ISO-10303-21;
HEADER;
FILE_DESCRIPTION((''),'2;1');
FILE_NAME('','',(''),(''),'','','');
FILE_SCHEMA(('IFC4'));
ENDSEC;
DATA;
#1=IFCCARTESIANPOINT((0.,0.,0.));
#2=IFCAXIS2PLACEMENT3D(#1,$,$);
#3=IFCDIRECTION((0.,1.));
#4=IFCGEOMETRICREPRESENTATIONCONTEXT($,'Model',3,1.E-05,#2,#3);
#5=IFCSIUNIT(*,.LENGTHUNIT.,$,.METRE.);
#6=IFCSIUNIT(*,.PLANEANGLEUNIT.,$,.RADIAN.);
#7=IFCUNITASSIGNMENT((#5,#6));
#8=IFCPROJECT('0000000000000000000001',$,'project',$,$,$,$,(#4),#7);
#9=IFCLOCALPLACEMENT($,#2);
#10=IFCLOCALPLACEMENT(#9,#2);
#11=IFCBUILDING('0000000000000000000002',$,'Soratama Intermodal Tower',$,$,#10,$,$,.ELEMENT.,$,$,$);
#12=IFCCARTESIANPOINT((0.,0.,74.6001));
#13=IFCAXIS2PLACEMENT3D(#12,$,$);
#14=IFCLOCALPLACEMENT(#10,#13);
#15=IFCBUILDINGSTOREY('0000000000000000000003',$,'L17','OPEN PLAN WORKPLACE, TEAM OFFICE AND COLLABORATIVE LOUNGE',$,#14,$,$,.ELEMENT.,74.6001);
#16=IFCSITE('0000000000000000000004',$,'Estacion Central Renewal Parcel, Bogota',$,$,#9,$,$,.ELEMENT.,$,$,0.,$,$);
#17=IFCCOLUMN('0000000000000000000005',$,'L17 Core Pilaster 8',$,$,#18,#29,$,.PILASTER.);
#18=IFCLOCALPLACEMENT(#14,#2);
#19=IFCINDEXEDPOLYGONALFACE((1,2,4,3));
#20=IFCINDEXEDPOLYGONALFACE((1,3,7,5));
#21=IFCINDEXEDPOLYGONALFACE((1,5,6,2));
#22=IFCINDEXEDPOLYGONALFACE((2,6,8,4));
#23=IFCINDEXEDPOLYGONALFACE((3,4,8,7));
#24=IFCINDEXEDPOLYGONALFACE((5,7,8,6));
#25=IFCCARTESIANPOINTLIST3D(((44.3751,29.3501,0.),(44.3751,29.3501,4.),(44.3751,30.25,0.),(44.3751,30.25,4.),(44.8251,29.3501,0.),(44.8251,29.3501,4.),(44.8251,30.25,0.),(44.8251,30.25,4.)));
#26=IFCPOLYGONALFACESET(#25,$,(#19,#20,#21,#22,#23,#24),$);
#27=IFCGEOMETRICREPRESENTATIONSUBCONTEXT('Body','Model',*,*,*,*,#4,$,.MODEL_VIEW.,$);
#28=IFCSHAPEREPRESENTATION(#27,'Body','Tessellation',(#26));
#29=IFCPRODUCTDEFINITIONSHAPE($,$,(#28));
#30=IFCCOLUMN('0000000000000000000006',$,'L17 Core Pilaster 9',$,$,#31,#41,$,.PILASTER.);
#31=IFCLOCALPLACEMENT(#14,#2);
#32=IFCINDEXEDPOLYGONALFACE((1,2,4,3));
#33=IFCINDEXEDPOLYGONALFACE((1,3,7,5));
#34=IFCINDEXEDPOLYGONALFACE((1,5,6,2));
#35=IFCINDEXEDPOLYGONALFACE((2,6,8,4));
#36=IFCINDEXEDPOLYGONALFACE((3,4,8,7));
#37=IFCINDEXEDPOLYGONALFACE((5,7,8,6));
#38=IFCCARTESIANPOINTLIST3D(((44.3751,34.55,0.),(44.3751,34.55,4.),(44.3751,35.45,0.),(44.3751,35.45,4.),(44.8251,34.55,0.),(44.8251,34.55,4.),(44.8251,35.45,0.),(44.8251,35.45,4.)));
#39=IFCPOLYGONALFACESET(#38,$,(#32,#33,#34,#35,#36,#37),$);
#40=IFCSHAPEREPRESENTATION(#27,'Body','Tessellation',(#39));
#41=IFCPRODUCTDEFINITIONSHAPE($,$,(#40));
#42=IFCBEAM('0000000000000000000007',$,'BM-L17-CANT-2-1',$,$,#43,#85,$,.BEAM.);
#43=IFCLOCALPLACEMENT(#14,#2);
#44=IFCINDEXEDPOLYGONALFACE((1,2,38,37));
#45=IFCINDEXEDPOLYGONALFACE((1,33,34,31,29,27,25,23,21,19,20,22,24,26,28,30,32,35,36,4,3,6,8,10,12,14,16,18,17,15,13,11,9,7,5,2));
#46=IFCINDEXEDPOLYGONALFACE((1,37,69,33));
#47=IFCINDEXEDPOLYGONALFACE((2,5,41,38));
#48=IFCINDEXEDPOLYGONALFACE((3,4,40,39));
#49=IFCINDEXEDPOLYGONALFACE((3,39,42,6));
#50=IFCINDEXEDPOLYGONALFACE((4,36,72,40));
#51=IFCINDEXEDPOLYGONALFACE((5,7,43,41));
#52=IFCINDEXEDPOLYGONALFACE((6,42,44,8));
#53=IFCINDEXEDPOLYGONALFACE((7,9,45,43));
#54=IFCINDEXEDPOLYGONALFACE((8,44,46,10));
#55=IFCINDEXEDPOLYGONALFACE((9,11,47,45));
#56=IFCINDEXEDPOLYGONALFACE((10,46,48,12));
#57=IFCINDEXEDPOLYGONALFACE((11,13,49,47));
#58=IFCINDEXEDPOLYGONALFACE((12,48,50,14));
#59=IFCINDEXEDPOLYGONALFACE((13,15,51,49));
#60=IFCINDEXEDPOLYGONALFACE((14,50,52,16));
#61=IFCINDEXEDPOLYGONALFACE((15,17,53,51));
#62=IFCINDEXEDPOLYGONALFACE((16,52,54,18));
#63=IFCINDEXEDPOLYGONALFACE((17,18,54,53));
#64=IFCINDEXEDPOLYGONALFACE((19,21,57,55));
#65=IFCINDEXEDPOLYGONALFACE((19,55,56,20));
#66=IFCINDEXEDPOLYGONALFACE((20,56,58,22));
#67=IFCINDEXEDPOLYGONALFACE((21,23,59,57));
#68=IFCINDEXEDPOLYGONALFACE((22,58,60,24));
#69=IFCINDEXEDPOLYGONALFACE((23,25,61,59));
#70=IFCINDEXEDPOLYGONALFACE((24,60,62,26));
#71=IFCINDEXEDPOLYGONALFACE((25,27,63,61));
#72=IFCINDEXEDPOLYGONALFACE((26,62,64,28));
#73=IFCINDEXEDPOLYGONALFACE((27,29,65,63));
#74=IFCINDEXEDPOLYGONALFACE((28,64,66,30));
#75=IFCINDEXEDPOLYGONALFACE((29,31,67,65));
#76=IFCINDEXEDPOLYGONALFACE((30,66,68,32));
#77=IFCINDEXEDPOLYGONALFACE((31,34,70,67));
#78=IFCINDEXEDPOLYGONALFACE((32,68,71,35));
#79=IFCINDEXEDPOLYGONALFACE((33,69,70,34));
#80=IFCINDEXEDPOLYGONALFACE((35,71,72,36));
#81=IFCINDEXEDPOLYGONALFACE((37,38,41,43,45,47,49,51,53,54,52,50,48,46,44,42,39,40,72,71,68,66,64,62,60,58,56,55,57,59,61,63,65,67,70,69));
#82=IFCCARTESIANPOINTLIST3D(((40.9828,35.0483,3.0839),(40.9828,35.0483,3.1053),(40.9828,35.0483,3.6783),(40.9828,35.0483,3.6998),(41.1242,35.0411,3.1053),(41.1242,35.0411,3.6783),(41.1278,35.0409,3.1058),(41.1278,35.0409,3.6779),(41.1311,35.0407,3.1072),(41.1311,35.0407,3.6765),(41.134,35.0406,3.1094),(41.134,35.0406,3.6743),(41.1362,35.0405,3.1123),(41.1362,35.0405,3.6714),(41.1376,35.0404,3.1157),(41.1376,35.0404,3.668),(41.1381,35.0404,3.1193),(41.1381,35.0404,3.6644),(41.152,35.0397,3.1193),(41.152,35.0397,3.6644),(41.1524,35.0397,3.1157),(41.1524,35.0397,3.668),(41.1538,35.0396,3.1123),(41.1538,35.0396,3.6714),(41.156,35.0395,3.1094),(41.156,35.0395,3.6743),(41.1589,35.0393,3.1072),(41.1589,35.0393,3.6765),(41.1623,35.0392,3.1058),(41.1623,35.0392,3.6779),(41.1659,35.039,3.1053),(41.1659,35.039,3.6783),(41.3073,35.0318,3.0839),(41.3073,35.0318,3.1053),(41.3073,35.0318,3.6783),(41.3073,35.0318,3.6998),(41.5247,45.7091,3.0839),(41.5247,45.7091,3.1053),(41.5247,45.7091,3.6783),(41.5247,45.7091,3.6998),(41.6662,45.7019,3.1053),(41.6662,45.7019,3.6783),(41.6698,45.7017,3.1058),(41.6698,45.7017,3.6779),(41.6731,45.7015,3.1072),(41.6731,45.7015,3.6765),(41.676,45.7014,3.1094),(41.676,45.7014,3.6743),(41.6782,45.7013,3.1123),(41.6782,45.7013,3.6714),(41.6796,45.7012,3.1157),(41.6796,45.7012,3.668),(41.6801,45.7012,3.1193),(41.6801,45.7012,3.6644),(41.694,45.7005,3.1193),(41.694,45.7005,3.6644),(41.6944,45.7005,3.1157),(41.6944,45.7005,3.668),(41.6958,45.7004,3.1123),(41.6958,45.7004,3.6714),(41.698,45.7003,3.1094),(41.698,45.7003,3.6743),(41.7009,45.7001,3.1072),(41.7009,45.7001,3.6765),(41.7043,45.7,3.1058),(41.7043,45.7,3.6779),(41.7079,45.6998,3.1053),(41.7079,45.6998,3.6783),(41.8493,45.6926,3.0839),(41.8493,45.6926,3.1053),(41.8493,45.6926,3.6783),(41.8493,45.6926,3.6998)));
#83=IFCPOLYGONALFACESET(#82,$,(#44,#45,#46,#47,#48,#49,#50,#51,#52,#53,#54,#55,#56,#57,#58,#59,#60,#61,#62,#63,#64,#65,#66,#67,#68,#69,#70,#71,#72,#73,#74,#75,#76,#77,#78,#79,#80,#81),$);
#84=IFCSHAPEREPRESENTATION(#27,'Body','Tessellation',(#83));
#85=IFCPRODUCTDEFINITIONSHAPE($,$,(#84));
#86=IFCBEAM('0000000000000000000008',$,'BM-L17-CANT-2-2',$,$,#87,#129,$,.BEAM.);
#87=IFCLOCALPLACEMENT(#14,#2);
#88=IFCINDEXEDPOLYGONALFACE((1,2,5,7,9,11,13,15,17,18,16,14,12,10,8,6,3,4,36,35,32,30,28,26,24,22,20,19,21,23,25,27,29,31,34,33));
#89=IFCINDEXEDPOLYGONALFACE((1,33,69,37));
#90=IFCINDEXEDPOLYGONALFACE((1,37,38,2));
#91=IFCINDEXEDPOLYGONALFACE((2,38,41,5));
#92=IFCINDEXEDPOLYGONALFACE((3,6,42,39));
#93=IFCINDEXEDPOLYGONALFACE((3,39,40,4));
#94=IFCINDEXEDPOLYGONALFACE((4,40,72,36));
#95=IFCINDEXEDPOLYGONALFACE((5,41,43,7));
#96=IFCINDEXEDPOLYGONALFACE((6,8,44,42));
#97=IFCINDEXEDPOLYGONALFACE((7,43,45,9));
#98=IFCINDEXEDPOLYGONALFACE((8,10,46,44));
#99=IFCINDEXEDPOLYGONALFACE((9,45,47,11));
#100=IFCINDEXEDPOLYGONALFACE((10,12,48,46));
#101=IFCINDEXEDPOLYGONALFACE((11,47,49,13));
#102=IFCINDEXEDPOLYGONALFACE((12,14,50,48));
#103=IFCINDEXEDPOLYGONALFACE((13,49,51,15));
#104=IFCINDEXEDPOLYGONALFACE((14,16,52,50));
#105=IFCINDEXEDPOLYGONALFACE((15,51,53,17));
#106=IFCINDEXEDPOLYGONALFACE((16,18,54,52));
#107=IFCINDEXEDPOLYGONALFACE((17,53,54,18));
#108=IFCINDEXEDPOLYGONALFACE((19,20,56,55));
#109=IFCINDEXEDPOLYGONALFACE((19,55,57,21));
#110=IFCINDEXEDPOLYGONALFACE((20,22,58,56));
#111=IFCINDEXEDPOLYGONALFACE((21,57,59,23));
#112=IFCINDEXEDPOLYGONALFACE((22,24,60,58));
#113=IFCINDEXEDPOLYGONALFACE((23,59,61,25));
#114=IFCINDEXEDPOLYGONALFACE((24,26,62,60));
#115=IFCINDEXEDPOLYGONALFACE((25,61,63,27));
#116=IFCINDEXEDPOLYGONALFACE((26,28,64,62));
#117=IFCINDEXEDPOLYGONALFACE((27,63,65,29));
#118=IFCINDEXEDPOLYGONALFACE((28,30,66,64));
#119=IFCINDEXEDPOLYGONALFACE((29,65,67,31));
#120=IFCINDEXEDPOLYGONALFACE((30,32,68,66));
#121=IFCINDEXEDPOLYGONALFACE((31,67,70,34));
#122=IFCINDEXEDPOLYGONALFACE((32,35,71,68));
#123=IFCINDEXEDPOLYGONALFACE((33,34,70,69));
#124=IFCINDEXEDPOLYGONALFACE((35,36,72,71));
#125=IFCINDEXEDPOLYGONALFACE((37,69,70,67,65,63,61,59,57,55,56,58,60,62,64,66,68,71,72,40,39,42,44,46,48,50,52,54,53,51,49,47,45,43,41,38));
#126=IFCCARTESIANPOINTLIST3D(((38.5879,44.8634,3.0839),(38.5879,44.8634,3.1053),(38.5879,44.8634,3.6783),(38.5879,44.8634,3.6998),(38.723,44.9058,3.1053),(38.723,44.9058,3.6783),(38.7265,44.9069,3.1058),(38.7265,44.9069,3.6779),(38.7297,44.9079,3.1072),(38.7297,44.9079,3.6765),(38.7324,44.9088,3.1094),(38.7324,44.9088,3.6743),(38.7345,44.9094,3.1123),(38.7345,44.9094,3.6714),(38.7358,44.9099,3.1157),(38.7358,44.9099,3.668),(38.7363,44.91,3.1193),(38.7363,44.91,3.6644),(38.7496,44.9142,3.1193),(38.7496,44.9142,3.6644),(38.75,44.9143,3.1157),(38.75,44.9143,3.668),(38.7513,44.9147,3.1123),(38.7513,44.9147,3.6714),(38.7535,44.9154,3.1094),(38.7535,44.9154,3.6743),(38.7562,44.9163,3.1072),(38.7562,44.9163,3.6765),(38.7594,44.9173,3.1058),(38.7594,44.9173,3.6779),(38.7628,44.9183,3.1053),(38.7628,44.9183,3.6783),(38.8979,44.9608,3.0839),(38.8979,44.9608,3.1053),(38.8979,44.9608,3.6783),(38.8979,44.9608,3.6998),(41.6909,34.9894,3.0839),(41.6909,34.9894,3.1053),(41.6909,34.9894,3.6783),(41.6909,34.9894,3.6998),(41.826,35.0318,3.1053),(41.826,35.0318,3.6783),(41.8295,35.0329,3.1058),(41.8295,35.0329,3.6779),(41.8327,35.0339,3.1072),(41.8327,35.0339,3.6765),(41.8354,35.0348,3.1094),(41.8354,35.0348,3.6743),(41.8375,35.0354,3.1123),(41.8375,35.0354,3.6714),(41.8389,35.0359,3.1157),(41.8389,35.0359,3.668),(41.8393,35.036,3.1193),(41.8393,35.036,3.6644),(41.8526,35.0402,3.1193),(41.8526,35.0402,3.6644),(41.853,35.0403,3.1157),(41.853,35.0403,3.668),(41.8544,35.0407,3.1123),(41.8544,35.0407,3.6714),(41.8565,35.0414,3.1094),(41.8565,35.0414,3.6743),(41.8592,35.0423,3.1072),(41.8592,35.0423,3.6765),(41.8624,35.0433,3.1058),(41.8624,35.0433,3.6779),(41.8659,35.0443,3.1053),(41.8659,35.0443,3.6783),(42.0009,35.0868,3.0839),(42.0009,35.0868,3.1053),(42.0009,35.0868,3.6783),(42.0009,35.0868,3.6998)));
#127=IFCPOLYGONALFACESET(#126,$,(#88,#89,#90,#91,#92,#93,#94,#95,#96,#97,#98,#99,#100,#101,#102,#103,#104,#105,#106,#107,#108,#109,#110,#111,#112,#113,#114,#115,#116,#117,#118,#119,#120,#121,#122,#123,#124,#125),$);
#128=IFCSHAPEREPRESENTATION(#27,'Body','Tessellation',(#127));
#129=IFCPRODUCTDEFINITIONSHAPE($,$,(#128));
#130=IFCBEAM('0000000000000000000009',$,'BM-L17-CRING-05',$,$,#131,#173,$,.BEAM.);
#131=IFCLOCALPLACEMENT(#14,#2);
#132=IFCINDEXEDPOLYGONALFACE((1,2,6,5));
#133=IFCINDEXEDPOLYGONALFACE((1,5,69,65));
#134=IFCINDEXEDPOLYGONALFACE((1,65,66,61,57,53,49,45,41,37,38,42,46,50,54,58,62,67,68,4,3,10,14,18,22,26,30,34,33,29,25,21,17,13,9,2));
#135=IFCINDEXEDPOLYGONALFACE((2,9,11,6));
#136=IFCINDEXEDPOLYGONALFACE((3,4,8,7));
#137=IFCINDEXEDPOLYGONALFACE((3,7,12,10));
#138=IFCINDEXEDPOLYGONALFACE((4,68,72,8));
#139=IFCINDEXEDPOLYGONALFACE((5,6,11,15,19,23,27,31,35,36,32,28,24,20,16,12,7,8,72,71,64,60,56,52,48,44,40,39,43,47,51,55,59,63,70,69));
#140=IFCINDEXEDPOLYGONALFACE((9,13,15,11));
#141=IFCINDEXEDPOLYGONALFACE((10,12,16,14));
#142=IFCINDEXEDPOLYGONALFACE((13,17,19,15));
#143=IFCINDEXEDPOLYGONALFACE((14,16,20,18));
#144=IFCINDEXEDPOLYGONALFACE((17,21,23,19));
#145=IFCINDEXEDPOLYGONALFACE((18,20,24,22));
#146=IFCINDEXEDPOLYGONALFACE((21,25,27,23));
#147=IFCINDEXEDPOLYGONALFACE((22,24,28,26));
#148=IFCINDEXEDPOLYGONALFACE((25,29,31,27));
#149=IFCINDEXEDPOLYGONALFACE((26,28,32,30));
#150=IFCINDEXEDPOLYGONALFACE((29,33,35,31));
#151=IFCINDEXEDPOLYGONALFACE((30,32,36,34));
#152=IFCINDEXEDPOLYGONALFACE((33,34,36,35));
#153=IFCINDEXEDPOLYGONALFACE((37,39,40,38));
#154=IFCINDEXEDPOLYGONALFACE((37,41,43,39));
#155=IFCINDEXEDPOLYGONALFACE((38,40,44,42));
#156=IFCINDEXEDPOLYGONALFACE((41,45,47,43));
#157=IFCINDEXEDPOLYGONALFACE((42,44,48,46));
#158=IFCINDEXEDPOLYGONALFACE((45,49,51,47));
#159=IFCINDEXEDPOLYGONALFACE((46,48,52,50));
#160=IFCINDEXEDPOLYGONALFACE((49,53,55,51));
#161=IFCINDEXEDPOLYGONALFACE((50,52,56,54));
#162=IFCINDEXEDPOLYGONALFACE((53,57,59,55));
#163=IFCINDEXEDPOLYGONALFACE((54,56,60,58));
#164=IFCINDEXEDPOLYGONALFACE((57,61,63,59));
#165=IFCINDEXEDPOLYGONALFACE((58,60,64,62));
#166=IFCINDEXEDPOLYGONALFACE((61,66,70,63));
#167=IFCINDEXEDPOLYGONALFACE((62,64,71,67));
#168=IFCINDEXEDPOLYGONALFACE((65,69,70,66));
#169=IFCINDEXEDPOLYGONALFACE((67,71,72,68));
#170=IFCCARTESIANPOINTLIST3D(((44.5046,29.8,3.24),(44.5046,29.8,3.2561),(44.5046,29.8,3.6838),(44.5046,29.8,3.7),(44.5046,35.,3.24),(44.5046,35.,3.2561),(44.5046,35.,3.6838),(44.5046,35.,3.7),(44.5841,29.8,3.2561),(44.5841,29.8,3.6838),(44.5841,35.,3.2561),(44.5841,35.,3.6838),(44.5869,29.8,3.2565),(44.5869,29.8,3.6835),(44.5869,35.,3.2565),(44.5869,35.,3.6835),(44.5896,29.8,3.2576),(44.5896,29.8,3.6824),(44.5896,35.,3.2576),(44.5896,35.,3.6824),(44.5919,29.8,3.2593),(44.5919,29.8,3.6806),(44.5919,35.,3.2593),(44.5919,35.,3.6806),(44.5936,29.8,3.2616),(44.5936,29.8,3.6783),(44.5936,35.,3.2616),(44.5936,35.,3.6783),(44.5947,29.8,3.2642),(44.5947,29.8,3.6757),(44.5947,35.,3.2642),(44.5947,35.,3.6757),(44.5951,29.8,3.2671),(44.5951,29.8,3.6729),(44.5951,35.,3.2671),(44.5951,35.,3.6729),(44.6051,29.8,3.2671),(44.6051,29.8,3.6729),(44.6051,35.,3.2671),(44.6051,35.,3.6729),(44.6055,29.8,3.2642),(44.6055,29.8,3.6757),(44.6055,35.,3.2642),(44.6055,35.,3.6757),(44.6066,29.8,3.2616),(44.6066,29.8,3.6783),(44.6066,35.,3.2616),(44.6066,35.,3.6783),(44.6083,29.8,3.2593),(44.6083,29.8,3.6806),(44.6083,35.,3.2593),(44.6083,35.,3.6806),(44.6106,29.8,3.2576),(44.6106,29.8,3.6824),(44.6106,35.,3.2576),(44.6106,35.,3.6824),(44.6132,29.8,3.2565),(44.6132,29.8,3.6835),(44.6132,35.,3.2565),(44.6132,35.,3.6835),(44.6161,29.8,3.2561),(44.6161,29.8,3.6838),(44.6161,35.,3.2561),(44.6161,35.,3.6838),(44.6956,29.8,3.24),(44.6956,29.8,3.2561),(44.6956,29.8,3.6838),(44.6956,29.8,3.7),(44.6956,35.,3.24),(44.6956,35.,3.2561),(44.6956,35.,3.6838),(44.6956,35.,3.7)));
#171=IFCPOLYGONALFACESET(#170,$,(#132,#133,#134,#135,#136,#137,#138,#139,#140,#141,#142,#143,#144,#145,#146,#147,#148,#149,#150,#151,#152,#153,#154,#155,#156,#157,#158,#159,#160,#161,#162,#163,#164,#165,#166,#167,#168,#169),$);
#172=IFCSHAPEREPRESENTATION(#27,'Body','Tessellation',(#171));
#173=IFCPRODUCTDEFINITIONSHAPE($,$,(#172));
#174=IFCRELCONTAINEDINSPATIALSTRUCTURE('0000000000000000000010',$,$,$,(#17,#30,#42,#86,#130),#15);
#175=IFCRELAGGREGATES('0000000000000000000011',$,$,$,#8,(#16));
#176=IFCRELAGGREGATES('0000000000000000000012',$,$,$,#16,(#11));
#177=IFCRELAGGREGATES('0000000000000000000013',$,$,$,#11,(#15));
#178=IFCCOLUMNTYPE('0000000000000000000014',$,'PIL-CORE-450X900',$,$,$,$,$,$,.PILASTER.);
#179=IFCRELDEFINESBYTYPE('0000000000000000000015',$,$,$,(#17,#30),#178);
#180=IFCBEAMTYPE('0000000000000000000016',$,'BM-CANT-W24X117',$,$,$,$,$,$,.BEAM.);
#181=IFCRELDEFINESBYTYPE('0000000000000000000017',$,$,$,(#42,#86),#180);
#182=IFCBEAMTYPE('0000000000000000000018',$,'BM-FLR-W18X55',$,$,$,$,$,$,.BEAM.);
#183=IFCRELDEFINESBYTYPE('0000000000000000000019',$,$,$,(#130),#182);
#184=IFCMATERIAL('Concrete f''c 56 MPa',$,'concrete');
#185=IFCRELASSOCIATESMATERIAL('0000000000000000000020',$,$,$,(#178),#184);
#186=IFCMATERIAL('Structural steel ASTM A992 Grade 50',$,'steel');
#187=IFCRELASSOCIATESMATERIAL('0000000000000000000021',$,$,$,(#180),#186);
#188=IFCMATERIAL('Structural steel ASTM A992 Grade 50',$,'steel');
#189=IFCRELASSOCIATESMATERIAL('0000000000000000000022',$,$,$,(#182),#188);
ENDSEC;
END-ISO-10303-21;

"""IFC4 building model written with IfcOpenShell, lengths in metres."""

from ifc_helpers import new_model, si_unit, direction, frame, origin, origin_2d, place, context, subcontext, project, spatial, rectangle, i_section, extrude, material, material_profile, profile_set, type_object, element, save


model = new_model("IFC4")

# Units and contexts
model_context = context("Model", 3, precision=1e-05, world=origin(), true_north=direction((0.0, 1.0)))
body_context = subcontext(model_context, "Body", "Model", "MODEL_VIEW")
ifc_project = project(units=[si_unit("LENGTHUNIT", "METRE"), si_unit("PLANEANGLEUNIT", "RADIAN")], contexts=[model_context])

# Site, building, storey
site_placement = place(None, origin())
site = spatial("IfcSite", under=ifc_project, at=site_placement, Name="Estacion Central Renewal Parcel, Bogota", CompositionType="ELEMENT", RefElevation=0.0)
building_placement = place(site_placement, origin())
building = spatial("IfcBuilding", under=site, at=building_placement, Name="Soratama Intermodal Tower", CompositionType="ELEMENT")
storey_placement = place(building_placement, frame((0.0, 0.0, 74.6001)))
storey = spatial("IfcBuildingStorey", under=building, at=storey_placement, Name="L17", Description="OPEN PLAN WORKPLACE, TEAM OFFICE AND COLLABORATIVE LOUNGE", CompositionType="ELEMENT", Elevation=74.6001)

# Columns
ifc_material_1 = material(Name="Concrete f'c 56 MPa", Category="concrete")
ifc_material_profile_1 = material_profile(ifc_material_1, rectangle(XDim=0.45, YDim=0.8999, at=origin_2d()), Name="RC450X900")
ifc_profile_set_1 = profile_set([ifc_material_profile_1], Name="Concrete f'c 56 MPa")
column_type = type_object("IfcColumnType", Name="PIL-CORE-450X900", PredefinedType="PILASTER", material=ifc_profile_set_1)
for number, where, z_axis, x_axis, name in (
    (1, (44.6001, 29.8, 0.0), (0.0, 0.0, 1.0), (1.0, 0.0, 0.0), "L17 Core Pilaster 8"),
    (2, (44.6001, 35.0, 0.0), (0.0, 0.0, 1.0), (1.0, 0.0, 0.0), "L17 Core Pilaster 9"),
):
    element("IfcColumn", number, at=place(storey_placement, frame(where, z_axis=z_axis, x_axis=x_axis)), inside=storey, type_object=column_type, Name=name, PredefinedType="PILASTER", context=body_context, shape_type="SweptSolid", body=[
        extrude(rectangle(XDim=0.45, YDim=0.8999, at=origin_2d()), origin(), (0.0, 0.0, 1.0), 4.0),
    ])

# Beams
ifc_material_2 = material(Name="Structural steel ASTM A992 Grade 50", Category="steel")
ifc_material_profile_2 = material_profile(ifc_material_2, i_section(OverallWidth=0.325, OverallDepth=0.616, WebThickness=0.0139, FlangeThickness=0.0215, FilletRadius=0.0139, at=origin_2d()), Name="W24X117")
ifc_profile_set_2 = profile_set([ifc_material_profile_2], Name="Structural steel ASTM A992 Grade 50")
beam_type_1 = type_object("IfcBeamType", Name="BM-CANT-W24X117", PredefinedType="BEAM", material=ifc_profile_set_2)
beam_1_placement = place(storey_placement, frame((41.145, 35.04, 3.3918), z_axis=(0.050774, 0.99871, 0.0), x_axis=(-0.99871, 0.050774, 0.0)))
element("IfcBeam", 3, at=beam_1_placement, inside=storey, type_object=beam_type_1, Name="BM-L17-CANT-2-1", PredefinedType="BEAM", context=body_context, shape_type="SweptSolid", body=[
    extrude(i_section(OverallWidth=0.325, OverallDepth=0.616, WebThickness=0.0139, FlangeThickness=0.0215, FilletRadius=0.0139, at=origin_2d()), origin(), (0.0, 0.0, 1.0), 10.6746),
])
beam_2_placement = place(storey_placement, frame((41.8459, 35.0381, 3.3918), z_axis=(-0.299806, 0.954, 0.0), x_axis=(-0.954, -0.299806, 0.0)))
element("IfcBeam", 4, at=beam_2_placement, inside=storey, type_object=beam_type_1, Name="BM-L17-CANT-2-2", PredefinedType="BEAM", context=body_context, shape_type="SweptSolid", body=[
    extrude(i_section(OverallWidth=0.325, OverallDepth=0.616, WebThickness=0.0139, FlangeThickness=0.0215, FilletRadius=0.0139, at=origin_2d()), origin(), (0.0, 0.0, 1.0), 10.3501),
])
ifc_material_3 = material(Name="Structural steel ASTM A992 Grade 50", Category="steel")
ifc_material_profile_3 = material_profile(ifc_material_3, i_section(OverallWidth=0.1909, OverallDepth=0.46, WebThickness=0.01, FlangeThickness=0.0161, FilletRadius=0.011, at=origin_2d()), Name="W18X55")
ifc_profile_set_3 = profile_set([ifc_material_profile_3], Name="Structural steel ASTM A992 Grade 50")
beam_type_2 = type_object("IfcBeamType", Name="BM-FLR-W18X55", PredefinedType="BEAM", material=ifc_profile_set_3)
beam_3_placement = place(storey_placement, frame((44.6001, 29.8, 3.47), z_axis=(0.0, 1.0, 0.0), x_axis=(-1.0, 0.0, 0.0)))
element("IfcBeam", 5, at=beam_3_placement, inside=storey, type_object=beam_type_2, Name="BM-L17-CRING-05", PredefinedType="BEAM", context=body_context, shape_type="SweptSolid", body=[
    extrude(i_section(OverallWidth=0.1909, OverallDepth=0.46, WebThickness=0.01, FlangeThickness=0.0161, FilletRadius=0.011, at=origin_2d()), origin(), (0.0, 0.0, 1.0), 5.2),
])

save(model, "model.ifc")
